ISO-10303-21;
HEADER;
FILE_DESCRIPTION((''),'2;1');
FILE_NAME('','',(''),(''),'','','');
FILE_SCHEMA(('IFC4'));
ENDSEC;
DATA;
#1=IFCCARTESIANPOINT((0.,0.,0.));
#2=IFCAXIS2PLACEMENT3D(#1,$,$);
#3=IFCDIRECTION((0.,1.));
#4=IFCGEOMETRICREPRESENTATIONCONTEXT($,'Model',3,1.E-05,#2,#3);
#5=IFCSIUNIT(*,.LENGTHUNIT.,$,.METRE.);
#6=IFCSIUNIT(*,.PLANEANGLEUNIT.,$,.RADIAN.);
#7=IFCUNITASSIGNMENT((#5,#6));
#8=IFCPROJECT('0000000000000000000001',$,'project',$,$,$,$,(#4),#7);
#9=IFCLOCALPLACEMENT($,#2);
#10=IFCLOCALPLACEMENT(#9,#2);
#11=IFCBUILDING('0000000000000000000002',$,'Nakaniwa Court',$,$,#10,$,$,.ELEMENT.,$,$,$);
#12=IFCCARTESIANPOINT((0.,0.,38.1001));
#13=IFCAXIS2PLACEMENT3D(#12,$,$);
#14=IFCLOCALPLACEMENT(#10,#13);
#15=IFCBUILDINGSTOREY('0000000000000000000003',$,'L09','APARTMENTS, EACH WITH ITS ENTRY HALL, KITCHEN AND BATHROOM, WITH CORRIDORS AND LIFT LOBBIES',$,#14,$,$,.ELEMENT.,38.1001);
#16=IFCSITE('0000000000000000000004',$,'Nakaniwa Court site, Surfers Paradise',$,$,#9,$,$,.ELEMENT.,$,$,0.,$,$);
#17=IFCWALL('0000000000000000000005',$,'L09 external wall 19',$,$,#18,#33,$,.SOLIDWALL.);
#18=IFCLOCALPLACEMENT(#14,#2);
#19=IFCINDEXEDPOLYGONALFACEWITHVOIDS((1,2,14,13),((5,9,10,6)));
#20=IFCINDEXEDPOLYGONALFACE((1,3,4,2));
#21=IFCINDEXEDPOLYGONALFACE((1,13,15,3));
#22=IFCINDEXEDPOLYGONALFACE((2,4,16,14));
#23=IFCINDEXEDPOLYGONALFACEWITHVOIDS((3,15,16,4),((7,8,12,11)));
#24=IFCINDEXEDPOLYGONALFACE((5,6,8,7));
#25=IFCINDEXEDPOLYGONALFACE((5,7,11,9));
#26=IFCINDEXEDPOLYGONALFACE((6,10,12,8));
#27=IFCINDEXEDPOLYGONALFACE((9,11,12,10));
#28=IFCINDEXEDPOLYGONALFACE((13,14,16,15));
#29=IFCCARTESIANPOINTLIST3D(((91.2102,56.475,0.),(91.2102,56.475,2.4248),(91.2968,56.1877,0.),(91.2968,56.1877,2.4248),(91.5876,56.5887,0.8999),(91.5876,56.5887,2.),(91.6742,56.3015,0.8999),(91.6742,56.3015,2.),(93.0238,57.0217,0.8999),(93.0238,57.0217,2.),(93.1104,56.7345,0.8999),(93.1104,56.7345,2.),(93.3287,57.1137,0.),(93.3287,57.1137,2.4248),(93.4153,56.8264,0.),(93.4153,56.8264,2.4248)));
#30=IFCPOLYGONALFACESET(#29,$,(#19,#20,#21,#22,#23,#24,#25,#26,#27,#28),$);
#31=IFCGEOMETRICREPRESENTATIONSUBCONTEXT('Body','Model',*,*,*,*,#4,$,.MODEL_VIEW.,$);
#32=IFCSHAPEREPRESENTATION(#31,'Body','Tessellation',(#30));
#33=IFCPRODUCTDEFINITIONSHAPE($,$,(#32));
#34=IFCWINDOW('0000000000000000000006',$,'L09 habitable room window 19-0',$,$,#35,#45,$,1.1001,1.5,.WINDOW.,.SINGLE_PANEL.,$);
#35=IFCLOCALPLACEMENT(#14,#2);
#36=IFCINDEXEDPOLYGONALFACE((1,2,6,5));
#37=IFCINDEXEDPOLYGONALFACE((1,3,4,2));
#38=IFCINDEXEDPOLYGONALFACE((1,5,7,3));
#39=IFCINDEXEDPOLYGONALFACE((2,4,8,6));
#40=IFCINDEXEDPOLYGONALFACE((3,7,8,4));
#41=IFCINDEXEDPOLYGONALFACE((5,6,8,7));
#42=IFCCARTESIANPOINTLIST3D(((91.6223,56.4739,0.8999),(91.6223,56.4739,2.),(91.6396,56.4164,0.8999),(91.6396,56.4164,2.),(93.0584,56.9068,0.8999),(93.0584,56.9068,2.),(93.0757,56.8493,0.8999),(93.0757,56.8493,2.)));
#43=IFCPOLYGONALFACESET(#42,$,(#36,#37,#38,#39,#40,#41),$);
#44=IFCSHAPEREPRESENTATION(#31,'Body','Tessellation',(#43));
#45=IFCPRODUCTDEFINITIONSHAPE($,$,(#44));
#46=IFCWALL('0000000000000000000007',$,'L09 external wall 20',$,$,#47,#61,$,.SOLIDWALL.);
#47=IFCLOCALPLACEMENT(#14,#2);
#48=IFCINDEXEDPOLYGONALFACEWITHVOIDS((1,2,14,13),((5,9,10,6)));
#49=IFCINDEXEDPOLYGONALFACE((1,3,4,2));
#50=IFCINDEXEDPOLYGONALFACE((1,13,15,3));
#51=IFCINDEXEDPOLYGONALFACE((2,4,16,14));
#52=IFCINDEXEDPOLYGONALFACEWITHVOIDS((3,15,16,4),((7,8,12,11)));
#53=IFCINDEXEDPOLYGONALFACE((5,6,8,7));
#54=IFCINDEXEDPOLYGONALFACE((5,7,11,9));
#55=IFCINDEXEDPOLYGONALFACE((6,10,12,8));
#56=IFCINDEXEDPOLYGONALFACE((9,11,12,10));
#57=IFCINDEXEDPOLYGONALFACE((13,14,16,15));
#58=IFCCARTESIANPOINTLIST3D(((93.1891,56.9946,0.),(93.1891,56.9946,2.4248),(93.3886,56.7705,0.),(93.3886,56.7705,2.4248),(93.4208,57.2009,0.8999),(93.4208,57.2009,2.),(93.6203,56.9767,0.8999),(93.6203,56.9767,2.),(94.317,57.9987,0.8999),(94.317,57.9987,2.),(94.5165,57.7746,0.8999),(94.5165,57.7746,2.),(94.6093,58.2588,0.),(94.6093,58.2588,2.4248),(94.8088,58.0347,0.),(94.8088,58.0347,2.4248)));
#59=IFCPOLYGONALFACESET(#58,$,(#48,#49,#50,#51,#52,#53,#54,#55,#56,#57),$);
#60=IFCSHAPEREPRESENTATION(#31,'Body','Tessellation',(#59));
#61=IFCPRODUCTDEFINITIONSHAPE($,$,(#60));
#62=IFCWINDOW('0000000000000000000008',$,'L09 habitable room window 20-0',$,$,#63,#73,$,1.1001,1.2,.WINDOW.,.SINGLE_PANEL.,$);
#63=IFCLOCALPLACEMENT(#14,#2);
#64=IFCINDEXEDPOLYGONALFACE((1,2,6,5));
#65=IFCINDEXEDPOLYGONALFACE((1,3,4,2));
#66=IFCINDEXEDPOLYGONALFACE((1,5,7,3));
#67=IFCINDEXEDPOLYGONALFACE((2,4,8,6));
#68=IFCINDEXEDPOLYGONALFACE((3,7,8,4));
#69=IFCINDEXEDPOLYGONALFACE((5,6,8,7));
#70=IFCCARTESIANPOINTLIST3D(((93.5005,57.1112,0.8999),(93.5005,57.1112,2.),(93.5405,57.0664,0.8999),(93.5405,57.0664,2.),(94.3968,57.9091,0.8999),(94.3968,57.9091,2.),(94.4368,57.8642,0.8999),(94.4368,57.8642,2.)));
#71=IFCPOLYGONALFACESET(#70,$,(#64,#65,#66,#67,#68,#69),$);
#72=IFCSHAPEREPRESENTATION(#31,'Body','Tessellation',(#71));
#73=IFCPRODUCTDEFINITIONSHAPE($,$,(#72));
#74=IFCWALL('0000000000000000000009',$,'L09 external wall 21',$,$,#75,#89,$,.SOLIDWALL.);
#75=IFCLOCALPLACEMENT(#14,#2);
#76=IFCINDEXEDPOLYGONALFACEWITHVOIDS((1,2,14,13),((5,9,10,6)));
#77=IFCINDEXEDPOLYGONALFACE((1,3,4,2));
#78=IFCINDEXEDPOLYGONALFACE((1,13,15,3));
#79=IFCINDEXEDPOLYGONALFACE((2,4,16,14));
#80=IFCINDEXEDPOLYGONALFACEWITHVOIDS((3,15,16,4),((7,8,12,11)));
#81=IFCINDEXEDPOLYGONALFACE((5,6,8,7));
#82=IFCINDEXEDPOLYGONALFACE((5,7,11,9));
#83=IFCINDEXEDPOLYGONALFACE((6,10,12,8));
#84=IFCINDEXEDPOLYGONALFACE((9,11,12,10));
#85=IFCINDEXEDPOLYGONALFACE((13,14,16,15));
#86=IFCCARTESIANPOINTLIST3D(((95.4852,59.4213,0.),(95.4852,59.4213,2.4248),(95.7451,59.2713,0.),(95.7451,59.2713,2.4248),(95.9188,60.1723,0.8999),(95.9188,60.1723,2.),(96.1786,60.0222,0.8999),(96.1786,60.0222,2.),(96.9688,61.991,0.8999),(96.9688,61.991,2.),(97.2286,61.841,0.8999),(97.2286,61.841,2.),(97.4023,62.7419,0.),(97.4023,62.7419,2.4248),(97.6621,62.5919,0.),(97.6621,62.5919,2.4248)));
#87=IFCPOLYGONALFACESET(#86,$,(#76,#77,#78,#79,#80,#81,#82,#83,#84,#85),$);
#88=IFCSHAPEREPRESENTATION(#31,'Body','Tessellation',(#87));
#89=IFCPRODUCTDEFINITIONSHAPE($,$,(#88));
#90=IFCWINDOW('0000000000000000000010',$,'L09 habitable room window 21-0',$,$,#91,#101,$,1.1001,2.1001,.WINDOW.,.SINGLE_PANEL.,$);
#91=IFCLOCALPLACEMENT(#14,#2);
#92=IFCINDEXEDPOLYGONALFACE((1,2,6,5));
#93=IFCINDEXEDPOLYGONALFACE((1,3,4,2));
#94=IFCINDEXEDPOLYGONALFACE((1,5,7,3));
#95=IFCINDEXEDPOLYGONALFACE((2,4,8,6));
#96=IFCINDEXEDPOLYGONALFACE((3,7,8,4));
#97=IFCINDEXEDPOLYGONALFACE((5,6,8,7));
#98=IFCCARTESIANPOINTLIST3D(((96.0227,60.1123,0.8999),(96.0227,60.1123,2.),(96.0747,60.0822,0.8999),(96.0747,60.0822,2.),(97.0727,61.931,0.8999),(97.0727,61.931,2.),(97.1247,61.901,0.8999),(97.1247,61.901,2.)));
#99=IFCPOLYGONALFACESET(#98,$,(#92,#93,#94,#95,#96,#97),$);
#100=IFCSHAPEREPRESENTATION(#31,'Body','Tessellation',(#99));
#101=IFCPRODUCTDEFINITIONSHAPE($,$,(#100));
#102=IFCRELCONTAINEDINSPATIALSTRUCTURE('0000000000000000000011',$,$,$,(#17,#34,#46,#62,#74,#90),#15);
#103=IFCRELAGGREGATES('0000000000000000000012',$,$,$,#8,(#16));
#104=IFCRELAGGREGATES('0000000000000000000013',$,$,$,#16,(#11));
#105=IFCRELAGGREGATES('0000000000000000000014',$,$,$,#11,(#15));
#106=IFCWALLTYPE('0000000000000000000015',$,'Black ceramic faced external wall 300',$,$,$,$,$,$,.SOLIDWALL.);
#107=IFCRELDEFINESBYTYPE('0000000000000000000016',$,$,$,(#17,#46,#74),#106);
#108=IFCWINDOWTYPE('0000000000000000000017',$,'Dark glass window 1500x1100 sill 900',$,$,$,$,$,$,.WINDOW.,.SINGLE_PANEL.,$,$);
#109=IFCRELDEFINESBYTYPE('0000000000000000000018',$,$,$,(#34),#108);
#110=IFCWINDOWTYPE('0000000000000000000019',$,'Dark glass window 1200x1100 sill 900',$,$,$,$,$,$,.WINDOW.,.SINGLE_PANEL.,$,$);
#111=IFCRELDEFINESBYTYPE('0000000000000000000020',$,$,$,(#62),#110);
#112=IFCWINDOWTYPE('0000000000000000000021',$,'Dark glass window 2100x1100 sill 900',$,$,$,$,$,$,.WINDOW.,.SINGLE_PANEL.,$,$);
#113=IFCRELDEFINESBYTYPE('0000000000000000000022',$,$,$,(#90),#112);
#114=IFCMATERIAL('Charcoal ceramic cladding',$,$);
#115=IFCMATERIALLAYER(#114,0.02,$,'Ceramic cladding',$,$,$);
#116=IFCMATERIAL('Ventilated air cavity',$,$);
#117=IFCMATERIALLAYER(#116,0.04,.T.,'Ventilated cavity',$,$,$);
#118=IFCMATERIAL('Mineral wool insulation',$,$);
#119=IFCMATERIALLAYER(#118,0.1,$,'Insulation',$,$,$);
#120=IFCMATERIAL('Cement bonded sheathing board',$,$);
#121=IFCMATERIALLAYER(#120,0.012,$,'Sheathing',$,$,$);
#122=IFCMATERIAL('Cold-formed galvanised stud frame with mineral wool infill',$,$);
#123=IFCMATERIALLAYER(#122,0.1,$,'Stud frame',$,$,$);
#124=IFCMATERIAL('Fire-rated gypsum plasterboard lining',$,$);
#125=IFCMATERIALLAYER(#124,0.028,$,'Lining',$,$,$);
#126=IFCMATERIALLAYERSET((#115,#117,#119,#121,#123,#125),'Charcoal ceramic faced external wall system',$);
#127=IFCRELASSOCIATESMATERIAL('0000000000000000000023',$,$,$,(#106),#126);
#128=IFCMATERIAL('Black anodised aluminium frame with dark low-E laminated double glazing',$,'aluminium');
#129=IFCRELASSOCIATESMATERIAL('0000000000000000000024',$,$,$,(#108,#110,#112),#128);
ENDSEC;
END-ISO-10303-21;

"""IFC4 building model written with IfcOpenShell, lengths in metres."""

from ifc_helpers import new_model, si_unit, direction, frame, frame_2d, origin, place, context, subcontext, project, spatial, rectangle, extrude, material, layer, layer_set, type_object, element, fill, save


model = new_model("IFC4")

# Units and contexts
model_context = context("Model", 3, precision=1e-05, world=origin(), true_north=direction((0.0, 1.0)))
body_context = subcontext(model_context, "Body", "Model", "MODEL_VIEW")
ifc_project = project(units=[si_unit("LENGTHUNIT", "METRE"), si_unit("PLANEANGLEUNIT", "RADIAN")], contexts=[model_context])

# Site, building, storey
site_placement = place(None, origin())
site = spatial("IfcSite", under=ifc_project, at=site_placement, Name="Nakaniwa Court site, Surfers Paradise", CompositionType="ELEMENT", RefElevation=0.0)
building_placement = place(site_placement, origin())
building = spatial("IfcBuilding", under=site, at=building_placement, Name="Nakaniwa Court", CompositionType="ELEMENT")
storey_placement = place(building_placement, frame((0.0, 0.0, 38.1001)))
storey = spatial("IfcBuildingStorey", under=building, at=storey_placement, Name="L09", Description="APARTMENTS, EACH WITH ITS ENTRY HALL, KITCHEN AND BATHROOM, WITH CORRIDORS AND LIFT LOBBIES", CompositionType="ELEMENT", Elevation=38.1001)

# Walls, openings, windows
ifc_material_1 = material(Name="Charcoal ceramic cladding")
ifc_layer_1 = layer(ifc_material_1, 0.02, Name="Ceramic cladding")
ifc_material_2 = material(Name="Ventilated air cavity")
ifc_layer_2 = layer(ifc_material_2, 0.04, ventilated=True, Name="Ventilated cavity")
ifc_material_3 = material(Name="Mineral wool insulation")
ifc_layer_3 = layer(ifc_material_3, 0.1, Name="Insulation")
ifc_material_4 = material(Name="Cement bonded sheathing board")
ifc_layer_4 = layer(ifc_material_4, 0.012, Name="Sheathing")
ifc_material_5 = material(Name="Cold-formed galvanised stud frame with mineral wool infill")
ifc_layer_5 = layer(ifc_material_5, 0.1, Name="Stud frame")
ifc_material_6 = material(Name="Fire-rated gypsum plasterboard lining")
ifc_layer_6 = layer(ifc_material_6, 0.028, Name="Lining")
ifc_layer_set_1 = layer_set([ifc_layer_1, ifc_layer_2, ifc_layer_3, ifc_layer_4, ifc_layer_5, ifc_layer_6], Name="Charcoal ceramic faced external wall system")
wall_type_1 = type_object("IfcWallType", Name="Black ceramic faced external wall 300", PredefinedType="SOLIDWALL", material=ifc_layer_set_1)
wall_1_placement = place(storey_placement, frame((91.2534, 56.3313, 0.0), z_axis=(0.0, 0.0, 1.0), x_axis=(0.957434, 0.288653, 0.0)))
wall_1 = element("IfcWall", 1, at=wall_1_placement, inside=storey, type_object=wall_type_1, Name="L09 external wall 19", PredefinedType="SOLIDWALL", context=body_context, shape_type="SweptSolid", body=[
    extrude(rectangle(XDim=2.2126, YDim=0.3, at=frame_2d((1.1064, 0.0))), origin(), (0.0, 0.0, 1.0), 2.4248),
])
opening_1_placement = place(wall_1_placement, frame((0.3943, 0.0, 0.8999)))
opening_1 = element("IfcOpeningElement", 2, at=opening_1_placement, cuts=wall_1, PredefinedType="OPENING", context=body_context, shape_type="SweptSolid", body=[
    extrude(rectangle(XDim=1.5, YDim=1.1001, at=frame_2d((0.75, 0.55))), frame((0.0, 0.1599, 0.0), z_axis=(0.0, -1.0, 0.0), x_axis=(1.0, 0.0, 0.0)), (0.0, 0.0, 1.0), 0.3201),
])
ifc_material_7 = material(Name="Black anodised aluminium frame with dark low-E laminated double glazing", Category="aluminium")
window_type_1 = type_object("IfcWindowType", Name="Dark glass window 1500x1100 sill 900", PartitioningType="SINGLE_PANEL", PredefinedType="WINDOW", material=ifc_material_7)
window_1_placement = place(opening_1_placement, origin())
window_1 = element("IfcWindow", 3, at=window_1_placement, inside=storey, type_object=window_type_1, Name="L09 habitable room window 19-0", OverallHeight=1.1001, OverallWidth=1.5, PartitioningType="SINGLE_PANEL", PredefinedType="WINDOW", context=body_context, shape_type="SweptSolid", body=[
    extrude(rectangle(XDim=1.5, YDim=1.1001, at=frame_2d((0.75, 0.55))), frame((0.0, 0.03, 0.0), z_axis=(0.0, -1.0, 0.0), x_axis=(1.0, 0.0, 0.0)), (0.0, 0.0, 1.0), 0.0601),
])
fill(opening_1, window_1)
wall_2_placement = place(storey_placement, frame((93.2888, 56.8826, 0.0), z_axis=(0.0, 0.0, 1.0), x_axis=(0.746942, 0.66489, 0.0)))
wall_2 = element("IfcWall", 4, at=wall_2_placement, inside=storey, type_object=wall_type_1, Name="L09 external wall 20", PredefinedType="SOLIDWALL", context=body_context, shape_type="SweptSolid", body=[
    extrude(rectangle(XDim=1.9014, YDim=0.3, at=frame_2d((0.9507, 0.0))), origin(), (0.0, 0.0, 1.0), 2.4248),
])
opening_2_placement = place(wall_2_placement, frame((0.3101, 0.0, 0.8999)))
opening_2 = element("IfcOpeningElement", 5, at=opening_2_placement, cuts=wall_2, PredefinedType="OPENING", context=body_context, shape_type="SweptSolid", body=[
    extrude(rectangle(XDim=1.2, YDim=1.1001, at=frame_2d((0.6001, 0.55))), frame((0.0, 0.1599, 0.0), z_axis=(0.0, -1.0, 0.0), x_axis=(1.0, 0.0, 0.0)), (0.0, 0.0, 1.0), 0.3201),
])
window_type_2 = type_object("IfcWindowType", Name="Dark glass window 1200x1100 sill 900", PartitioningType="SINGLE_PANEL", PredefinedType="WINDOW", material=ifc_material_7)
window_2_placement = place(opening_2_placement, origin())
window_2 = element("IfcWindow", 6, at=window_2_placement, inside=storey, type_object=window_type_2, Name="L09 habitable room window 20-0", OverallHeight=1.1001, OverallWidth=1.2, PartitioningType="SINGLE_PANEL", PredefinedType="WINDOW", context=body_context, shape_type="SweptSolid", body=[
    extrude(rectangle(XDim=1.2, YDim=1.1001, at=frame_2d((0.6001, 0.55))), frame((0.0, 0.03, 0.0), z_axis=(0.0, -1.0, 0.0), x_axis=(1.0, 0.0, 0.0)), (0.0, 0.0, 1.0), 0.0601),
])
fill(opening_2, window_2)
wall_3_placement = place(storey_placement, frame((95.6152, 59.3464, 0.0), z_axis=(0.0, 0.0, 1.0), x_axis=(0.499974, 0.86604, 0.0)))
wall_3 = element("IfcWall", 7, at=wall_3_placement, inside=storey, type_object=wall_type_1, Name="L09 external wall 21", PredefinedType="SOLIDWALL", context=body_context, shape_type="SweptSolid", body=[
    extrude(rectangle(XDim=3.8342, YDim=0.3, at=frame_2d((1.917, 0.0))), origin(), (0.0, 0.0, 1.0), 2.4248),
])
opening_3_placement = place(wall_3_placement, frame((0.8669, 0.0, 0.8999)))
opening_3 = element("IfcOpeningElement", 8, at=opening_3_placement, cuts=wall_3, PredefinedType="OPENING", context=body_context, shape_type="SweptSolid", body=[
    extrude(rectangle(XDim=2.1001, YDim=1.1001, at=frame_2d((1.05, 0.55))), frame((0.0, 0.1599, 0.0), z_axis=(0.0, -1.0, 0.0), x_axis=(1.0, 0.0, 0.0)), (0.0, 0.0, 1.0), 0.3201),
])
window_type_3 = type_object("IfcWindowType", Name="Dark glass window 2100x1100 sill 900", PartitioningType="SINGLE_PANEL", PredefinedType="WINDOW", material=ifc_material_7)
window_3_placement = place(opening_3_placement, origin())
window_3 = element("IfcWindow", 9, at=window_3_placement, inside=storey, type_object=window_type_3, Name="L09 habitable room window 21-0", OverallHeight=1.1001, OverallWidth=2.1001, PartitioningType="SINGLE_PANEL", PredefinedType="WINDOW", context=body_context, shape_type="SweptSolid", body=[
    extrude(rectangle(XDim=2.1001, YDim=1.1001, at=frame_2d((1.05, 0.55))), frame((0.0, 0.03, 0.0), z_axis=(0.0, -1.0, 0.0), x_axis=(1.0, 0.0, 0.0)), (0.0, 0.0, 1.0), 0.0601),
])
fill(opening_3, window_3)

save(model, "model.ifc")
